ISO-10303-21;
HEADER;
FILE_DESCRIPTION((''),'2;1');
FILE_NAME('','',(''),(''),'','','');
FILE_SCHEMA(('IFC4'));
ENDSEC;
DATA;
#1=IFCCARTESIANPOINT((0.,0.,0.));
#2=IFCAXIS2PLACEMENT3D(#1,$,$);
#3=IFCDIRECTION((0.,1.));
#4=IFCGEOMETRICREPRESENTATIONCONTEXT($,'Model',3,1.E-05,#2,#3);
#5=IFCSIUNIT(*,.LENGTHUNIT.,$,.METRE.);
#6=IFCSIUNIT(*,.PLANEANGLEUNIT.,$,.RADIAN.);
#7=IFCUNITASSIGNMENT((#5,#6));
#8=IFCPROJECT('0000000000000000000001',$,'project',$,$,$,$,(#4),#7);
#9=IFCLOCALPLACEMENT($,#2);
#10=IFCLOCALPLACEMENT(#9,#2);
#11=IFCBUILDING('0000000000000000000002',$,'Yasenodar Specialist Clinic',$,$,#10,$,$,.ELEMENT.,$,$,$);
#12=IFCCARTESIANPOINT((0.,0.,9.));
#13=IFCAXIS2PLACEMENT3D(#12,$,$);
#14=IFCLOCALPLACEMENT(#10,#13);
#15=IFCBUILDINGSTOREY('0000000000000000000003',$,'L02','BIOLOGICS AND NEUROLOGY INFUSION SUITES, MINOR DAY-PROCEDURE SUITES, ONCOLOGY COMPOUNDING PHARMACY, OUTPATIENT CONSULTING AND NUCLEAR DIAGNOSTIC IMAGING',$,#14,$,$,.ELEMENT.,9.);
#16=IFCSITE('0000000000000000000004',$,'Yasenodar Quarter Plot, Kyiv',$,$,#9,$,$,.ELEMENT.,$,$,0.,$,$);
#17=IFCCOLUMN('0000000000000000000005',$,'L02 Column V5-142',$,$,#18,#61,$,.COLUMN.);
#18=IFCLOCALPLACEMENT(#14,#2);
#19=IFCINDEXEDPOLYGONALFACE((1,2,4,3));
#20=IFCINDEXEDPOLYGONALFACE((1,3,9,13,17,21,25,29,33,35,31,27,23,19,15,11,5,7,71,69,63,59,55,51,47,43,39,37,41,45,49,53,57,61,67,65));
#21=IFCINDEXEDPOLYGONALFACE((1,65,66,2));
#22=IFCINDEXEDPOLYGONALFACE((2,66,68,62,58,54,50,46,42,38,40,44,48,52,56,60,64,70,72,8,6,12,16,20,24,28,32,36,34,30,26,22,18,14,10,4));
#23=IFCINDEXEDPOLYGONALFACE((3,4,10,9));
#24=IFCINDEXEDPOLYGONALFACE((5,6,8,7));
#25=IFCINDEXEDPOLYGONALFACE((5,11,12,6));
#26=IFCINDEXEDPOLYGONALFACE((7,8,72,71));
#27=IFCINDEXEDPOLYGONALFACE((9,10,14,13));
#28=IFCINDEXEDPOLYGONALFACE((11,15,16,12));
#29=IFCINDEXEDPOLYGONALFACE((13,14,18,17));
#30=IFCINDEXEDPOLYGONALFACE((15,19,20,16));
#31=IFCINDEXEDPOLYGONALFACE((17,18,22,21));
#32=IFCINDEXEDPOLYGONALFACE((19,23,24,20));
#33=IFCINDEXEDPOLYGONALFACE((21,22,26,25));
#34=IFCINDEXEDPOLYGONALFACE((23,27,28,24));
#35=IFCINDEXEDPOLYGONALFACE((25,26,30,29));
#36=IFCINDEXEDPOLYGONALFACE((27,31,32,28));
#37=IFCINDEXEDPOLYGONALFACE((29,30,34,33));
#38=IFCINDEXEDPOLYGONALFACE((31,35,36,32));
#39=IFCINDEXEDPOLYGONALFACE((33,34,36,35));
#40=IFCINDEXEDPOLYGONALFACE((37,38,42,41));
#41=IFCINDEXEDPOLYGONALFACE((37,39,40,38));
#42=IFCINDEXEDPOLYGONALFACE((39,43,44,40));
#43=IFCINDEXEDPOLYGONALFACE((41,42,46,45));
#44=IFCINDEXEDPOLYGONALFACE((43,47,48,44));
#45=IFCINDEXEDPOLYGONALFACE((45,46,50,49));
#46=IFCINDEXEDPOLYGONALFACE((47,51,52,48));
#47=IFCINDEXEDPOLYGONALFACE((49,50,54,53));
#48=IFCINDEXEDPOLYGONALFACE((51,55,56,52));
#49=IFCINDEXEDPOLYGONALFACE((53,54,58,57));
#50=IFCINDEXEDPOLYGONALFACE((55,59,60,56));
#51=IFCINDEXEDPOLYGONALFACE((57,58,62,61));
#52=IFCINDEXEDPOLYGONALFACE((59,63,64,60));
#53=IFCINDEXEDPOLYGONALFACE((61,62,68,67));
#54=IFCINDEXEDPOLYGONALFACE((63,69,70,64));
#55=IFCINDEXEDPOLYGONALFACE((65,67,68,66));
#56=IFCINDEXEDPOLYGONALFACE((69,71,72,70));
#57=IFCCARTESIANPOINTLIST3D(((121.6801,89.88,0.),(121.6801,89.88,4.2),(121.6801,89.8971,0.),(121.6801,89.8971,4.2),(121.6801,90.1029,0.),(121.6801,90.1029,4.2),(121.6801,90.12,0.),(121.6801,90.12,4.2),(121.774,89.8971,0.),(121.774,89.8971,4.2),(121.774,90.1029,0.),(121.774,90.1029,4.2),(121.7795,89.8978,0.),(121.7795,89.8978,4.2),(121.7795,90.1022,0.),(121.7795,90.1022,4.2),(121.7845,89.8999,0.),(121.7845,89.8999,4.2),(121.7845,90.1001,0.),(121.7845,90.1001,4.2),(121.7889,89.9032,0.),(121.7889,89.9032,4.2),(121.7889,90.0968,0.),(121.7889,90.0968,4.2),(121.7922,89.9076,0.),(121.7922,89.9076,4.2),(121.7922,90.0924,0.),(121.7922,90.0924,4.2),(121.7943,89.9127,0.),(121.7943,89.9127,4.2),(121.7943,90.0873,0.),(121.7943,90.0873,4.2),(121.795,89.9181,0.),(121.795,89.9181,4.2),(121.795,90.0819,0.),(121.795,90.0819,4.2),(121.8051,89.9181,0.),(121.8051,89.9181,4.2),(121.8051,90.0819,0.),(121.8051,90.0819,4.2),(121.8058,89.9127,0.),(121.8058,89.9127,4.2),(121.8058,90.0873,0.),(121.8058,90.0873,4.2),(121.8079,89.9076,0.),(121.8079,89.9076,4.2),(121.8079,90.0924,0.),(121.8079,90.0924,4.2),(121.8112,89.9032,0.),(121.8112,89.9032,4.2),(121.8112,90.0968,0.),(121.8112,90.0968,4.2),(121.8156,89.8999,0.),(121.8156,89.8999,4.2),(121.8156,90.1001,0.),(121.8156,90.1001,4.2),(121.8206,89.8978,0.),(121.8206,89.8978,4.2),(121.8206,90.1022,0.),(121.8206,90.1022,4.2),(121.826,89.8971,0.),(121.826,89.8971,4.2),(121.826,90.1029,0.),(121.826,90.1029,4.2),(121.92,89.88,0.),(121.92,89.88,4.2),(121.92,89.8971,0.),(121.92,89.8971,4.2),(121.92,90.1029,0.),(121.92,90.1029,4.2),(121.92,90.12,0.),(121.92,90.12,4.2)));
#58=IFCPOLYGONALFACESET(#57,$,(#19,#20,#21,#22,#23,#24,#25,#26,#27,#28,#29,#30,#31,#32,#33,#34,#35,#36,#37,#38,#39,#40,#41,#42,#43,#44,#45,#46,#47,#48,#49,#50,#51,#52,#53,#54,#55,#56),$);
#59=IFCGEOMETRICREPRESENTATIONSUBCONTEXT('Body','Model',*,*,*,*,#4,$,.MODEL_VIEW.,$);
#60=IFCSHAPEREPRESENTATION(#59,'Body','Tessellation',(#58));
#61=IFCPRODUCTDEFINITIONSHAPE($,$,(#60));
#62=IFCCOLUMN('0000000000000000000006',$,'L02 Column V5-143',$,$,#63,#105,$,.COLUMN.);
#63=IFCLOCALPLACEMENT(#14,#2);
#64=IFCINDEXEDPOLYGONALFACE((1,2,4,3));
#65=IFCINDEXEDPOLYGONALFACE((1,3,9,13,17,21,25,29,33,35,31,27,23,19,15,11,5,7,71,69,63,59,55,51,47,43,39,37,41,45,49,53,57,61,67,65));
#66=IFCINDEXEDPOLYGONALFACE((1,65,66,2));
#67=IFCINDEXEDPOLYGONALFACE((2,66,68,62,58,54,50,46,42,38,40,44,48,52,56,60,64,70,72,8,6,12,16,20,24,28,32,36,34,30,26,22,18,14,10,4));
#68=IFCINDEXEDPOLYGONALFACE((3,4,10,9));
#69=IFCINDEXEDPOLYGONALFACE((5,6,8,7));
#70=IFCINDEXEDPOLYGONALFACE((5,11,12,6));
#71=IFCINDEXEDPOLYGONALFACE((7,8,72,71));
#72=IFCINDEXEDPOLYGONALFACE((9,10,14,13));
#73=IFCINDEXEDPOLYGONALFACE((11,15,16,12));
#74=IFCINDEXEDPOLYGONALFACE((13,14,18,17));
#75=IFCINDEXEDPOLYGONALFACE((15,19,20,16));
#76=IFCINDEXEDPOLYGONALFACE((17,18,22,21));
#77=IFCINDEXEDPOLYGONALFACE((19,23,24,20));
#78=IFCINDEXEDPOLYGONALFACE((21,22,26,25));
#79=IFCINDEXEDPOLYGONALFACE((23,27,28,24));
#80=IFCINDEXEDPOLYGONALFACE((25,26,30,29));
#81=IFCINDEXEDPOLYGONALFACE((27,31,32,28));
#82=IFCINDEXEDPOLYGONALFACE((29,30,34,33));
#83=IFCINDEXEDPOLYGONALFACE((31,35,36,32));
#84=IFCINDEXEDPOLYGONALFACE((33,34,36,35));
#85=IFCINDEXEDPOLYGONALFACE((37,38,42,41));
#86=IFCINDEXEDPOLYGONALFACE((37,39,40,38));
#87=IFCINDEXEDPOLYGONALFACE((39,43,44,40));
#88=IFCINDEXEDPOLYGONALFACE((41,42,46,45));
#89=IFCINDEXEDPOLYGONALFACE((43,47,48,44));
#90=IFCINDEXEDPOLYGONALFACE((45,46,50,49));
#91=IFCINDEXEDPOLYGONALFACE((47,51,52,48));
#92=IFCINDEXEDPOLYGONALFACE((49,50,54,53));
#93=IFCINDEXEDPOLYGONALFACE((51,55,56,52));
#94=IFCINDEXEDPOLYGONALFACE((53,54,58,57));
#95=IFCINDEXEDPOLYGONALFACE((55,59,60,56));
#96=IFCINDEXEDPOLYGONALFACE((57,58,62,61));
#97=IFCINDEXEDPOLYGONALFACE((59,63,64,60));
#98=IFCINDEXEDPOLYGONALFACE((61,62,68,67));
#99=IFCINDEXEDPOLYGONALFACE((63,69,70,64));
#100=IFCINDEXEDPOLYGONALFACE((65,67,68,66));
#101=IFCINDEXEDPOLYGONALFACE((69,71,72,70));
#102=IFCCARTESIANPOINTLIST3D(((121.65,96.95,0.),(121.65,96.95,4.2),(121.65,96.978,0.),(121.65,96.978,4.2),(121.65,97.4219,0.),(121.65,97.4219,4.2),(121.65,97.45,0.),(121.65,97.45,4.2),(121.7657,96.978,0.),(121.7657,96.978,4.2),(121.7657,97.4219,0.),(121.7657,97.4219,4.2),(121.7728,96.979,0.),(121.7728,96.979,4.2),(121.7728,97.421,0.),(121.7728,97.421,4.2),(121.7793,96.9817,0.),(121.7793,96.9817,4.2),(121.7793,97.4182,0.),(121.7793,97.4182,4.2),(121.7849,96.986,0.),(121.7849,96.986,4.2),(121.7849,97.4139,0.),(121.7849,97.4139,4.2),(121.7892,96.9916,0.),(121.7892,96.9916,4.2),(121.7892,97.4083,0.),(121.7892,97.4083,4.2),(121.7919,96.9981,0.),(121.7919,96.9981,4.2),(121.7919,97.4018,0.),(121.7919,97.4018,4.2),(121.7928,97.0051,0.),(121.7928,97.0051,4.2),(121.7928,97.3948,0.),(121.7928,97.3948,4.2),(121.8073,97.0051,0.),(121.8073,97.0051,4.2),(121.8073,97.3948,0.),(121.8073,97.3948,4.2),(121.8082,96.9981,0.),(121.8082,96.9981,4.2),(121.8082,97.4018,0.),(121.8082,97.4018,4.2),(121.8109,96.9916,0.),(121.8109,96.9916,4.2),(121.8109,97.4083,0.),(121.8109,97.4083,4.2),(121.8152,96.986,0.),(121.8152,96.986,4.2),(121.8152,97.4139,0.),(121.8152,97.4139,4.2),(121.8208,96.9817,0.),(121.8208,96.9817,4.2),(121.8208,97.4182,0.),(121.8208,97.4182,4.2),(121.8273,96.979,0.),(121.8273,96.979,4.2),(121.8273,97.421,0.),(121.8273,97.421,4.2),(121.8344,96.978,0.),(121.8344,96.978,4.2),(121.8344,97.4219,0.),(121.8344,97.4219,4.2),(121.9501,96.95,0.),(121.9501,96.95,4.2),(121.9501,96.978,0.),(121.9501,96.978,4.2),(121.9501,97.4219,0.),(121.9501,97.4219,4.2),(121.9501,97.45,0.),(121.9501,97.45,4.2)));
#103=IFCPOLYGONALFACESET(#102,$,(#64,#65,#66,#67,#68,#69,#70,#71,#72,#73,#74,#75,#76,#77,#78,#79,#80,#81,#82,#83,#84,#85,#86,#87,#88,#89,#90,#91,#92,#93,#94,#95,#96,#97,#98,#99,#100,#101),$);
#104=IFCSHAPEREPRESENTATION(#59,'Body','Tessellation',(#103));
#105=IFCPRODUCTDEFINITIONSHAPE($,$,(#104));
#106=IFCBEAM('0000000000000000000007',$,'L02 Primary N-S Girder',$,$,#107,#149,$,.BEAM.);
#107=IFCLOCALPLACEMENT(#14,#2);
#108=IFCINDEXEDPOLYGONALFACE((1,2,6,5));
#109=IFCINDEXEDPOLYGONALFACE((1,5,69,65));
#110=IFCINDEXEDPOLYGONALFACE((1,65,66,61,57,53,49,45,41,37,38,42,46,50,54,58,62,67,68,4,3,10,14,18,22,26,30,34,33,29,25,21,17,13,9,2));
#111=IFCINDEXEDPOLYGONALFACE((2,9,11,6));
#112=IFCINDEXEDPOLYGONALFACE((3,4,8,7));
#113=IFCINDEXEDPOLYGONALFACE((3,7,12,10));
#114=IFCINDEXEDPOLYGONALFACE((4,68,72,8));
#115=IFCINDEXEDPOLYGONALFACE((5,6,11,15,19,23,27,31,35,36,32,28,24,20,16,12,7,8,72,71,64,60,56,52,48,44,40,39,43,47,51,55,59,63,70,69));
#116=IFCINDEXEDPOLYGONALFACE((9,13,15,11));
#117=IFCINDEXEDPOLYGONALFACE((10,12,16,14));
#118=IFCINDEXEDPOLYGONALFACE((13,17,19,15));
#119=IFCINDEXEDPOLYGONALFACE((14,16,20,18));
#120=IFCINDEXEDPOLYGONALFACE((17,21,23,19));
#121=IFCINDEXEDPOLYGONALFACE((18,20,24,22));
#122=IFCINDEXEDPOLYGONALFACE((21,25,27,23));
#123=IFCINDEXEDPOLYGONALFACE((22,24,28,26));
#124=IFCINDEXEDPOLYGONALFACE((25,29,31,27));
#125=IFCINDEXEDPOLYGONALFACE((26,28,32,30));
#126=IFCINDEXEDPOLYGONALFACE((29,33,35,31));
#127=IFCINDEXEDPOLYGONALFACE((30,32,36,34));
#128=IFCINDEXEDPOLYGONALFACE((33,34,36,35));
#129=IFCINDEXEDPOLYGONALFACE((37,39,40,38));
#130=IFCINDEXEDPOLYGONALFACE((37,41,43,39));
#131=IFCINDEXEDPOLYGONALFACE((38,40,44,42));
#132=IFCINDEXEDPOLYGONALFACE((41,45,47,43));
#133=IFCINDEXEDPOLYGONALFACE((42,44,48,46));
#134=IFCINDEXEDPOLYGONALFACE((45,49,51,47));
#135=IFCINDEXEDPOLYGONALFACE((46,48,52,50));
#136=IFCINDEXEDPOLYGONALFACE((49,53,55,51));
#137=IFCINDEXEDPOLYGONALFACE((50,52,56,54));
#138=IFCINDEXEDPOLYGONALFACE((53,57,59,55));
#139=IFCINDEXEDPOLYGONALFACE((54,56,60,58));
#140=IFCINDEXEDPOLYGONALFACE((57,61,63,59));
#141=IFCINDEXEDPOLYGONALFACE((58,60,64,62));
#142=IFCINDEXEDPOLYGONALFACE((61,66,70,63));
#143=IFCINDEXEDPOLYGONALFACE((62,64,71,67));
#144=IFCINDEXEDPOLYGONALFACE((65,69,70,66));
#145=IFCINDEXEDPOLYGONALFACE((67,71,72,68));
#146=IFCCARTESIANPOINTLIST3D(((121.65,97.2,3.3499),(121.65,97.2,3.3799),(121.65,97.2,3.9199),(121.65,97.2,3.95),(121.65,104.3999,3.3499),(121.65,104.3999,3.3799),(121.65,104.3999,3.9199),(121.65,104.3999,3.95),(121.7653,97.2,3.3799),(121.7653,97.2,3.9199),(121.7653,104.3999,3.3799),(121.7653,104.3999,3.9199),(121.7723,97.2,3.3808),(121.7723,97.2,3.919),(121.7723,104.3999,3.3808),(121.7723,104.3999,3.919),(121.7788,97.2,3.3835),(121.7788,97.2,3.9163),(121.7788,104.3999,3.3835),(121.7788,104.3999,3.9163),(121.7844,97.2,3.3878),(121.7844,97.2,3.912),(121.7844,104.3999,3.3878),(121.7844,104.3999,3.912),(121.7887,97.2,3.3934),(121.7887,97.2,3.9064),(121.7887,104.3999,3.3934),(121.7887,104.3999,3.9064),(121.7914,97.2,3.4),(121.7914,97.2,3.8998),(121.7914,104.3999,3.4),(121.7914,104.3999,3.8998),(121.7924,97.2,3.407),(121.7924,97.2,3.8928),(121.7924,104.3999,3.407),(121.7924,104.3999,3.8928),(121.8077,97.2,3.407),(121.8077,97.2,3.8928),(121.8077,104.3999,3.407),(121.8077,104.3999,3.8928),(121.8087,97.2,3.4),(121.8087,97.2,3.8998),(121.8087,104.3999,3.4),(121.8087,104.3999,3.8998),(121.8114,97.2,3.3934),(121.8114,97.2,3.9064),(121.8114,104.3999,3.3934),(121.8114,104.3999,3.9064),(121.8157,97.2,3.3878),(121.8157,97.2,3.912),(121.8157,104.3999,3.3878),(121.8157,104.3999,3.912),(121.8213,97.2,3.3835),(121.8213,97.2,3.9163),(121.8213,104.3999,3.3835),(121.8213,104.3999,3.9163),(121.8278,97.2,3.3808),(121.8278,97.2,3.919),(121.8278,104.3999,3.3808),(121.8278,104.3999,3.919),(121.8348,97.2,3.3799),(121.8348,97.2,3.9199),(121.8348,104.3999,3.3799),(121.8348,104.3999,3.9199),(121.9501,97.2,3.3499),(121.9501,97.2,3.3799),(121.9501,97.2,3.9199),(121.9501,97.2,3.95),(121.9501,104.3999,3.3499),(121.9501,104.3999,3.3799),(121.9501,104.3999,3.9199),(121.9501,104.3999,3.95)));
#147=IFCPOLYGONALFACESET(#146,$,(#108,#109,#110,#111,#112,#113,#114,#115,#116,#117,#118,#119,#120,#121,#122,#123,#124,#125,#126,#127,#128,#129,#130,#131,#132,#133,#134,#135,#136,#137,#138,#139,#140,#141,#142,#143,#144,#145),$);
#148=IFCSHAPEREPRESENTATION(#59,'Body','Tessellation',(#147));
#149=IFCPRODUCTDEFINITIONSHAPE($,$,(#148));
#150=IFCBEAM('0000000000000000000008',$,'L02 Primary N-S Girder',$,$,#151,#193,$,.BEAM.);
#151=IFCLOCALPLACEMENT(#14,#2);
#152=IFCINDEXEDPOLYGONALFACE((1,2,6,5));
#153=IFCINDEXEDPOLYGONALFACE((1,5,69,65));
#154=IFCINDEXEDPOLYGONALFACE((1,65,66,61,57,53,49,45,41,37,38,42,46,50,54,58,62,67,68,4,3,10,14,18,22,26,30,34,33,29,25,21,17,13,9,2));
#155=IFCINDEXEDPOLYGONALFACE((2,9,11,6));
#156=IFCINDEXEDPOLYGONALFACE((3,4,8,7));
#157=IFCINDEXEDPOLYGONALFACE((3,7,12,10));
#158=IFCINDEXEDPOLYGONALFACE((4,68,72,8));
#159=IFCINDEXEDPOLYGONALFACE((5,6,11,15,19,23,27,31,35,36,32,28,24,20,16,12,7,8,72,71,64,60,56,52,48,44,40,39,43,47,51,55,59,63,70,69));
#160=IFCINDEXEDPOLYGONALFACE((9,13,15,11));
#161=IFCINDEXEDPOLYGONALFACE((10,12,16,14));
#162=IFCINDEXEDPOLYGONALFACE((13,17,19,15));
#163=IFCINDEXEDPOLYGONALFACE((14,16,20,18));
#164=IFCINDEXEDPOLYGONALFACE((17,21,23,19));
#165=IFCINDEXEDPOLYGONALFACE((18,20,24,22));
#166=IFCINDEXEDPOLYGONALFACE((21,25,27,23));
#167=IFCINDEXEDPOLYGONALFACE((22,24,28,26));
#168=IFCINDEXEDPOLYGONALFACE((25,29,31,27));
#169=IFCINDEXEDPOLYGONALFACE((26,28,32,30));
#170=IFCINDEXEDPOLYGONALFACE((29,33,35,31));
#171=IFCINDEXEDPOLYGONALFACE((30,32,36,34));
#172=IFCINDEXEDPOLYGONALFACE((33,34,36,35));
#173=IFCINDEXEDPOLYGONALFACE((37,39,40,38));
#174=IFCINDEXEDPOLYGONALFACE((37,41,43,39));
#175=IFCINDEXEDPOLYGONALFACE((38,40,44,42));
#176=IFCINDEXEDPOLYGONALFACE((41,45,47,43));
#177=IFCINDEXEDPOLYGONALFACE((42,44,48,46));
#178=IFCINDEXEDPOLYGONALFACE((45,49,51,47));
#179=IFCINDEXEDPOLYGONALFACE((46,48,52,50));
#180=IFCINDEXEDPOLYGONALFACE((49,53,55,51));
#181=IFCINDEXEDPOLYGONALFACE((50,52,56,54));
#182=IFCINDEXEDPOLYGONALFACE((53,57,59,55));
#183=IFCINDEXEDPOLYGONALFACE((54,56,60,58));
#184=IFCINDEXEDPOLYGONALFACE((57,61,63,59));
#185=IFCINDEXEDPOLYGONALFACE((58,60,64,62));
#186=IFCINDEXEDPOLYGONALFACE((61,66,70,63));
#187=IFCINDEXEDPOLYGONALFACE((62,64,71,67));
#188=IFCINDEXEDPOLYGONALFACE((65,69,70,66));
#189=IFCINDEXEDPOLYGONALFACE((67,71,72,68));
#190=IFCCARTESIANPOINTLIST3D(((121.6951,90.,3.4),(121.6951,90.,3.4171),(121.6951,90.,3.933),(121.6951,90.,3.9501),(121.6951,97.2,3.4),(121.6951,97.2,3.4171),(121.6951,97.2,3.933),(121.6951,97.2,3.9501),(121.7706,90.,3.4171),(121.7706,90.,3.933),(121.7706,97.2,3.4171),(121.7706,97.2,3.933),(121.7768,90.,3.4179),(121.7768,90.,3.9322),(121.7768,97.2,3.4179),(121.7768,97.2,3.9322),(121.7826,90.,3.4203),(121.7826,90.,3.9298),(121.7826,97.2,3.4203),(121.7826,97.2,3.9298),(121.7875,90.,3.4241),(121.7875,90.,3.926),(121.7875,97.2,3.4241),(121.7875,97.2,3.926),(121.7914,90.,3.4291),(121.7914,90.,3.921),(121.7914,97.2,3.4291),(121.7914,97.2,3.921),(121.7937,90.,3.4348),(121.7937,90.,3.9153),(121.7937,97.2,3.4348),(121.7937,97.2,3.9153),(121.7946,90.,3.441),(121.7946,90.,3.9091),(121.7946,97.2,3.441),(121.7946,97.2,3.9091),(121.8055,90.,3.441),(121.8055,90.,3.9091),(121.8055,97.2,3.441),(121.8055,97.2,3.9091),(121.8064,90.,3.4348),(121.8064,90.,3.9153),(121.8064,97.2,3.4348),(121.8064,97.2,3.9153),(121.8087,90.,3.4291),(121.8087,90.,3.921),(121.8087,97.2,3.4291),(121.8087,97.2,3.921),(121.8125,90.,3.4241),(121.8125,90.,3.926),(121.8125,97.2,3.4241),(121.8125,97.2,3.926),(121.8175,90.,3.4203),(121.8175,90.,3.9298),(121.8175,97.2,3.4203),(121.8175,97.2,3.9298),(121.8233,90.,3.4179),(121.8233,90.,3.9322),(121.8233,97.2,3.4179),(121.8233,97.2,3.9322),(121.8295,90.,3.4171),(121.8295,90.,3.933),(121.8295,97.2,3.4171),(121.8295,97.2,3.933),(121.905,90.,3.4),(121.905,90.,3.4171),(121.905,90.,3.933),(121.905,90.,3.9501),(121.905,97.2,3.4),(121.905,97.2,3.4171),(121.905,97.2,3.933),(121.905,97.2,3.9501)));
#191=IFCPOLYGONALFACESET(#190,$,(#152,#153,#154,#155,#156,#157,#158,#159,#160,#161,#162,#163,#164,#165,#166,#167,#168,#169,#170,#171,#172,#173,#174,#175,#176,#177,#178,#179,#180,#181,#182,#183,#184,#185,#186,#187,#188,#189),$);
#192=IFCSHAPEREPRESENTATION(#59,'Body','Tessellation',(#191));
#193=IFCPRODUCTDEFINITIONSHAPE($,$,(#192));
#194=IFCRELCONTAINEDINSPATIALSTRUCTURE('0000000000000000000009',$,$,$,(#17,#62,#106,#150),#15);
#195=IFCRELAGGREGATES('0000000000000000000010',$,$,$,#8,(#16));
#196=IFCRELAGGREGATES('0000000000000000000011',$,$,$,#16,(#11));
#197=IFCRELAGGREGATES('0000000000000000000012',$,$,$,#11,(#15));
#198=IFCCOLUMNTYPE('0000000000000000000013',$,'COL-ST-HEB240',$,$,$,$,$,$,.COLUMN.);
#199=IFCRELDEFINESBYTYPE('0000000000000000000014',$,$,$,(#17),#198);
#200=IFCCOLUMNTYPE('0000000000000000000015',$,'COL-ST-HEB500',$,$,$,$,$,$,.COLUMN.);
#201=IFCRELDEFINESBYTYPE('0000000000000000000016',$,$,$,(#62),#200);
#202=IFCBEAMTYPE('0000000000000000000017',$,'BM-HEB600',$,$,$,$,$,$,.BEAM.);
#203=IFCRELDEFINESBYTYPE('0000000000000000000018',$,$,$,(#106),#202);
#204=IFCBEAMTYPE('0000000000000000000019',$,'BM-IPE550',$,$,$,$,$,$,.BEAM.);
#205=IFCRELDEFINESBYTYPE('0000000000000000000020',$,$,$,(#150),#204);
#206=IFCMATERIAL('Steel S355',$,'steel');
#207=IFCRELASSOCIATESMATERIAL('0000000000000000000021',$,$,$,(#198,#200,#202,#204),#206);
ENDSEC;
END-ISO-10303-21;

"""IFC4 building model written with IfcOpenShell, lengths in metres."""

from ifc_helpers import new_model, si_unit, direction, frame, origin, origin_2d, place, context, subcontext, project, spatial, i_section, extrude, material, material_profile, profile_set, type_object, element, save


model = new_model("IFC4")

# Units and contexts
model_context = context("Model", 3, precision=1e-05, world=origin(), true_north=direction((0.0, 1.0)))
body_context = subcontext(model_context, "Body", "Model", "MODEL_VIEW")
ifc_project = project(units=[si_unit("LENGTHUNIT", "METRE"), si_unit("PLANEANGLEUNIT", "RADIAN")], contexts=[model_context])

# Site, building, storey
site_placement = place(None, origin())
site = spatial("IfcSite", under=ifc_project, at=site_placement, Name="Yasenodar Quarter Plot, Kyiv", CompositionType="ELEMENT", RefElevation=0.0)
building_placement = place(site_placement, origin())
building = spatial("IfcBuilding", under=site, at=building_placement, Name="Yasenodar Specialist Clinic", CompositionType="ELEMENT")
storey_placement = place(building_placement, frame((0.0, 0.0, 9.0)))
storey = spatial("IfcBuildingStorey", under=building, at=storey_placement, Name="L02", Description="BIOLOGICS AND NEUROLOGY INFUSION SUITES, MINOR DAY-PROCEDURE SUITES, ONCOLOGY COMPOUNDING PHARMACY, OUTPATIENT CONSULTING AND NUCLEAR DIAGNOSTIC IMAGING", CompositionType="ELEMENT", Elevation=9.0)

# Columns
ifc_material_1 = material(Name="Steel S355", Category="steel")
ifc_material_profile_1 = material_profile(ifc_material_1, i_section(OverallWidth=0.24, OverallDepth=0.24, WebThickness=0.01, FlangeThickness=0.0171, FilletRadius=0.021, at=origin_2d()), Name="HEB 240")
ifc_profile_set_1 = profile_set([ifc_material_profile_1], Name="Steel S355")
column_type_1 = type_object("IfcColumnType", Name="COL-ST-HEB240", PredefinedType="COLUMN", material=ifc_profile_set_1)
column_1_placement = place(storey_placement, frame((121.8, 90.0, 0.0), z_axis=(0.0, 0.0, 1.0), x_axis=(1.0, 0.0, 0.0)))
element("IfcColumn", 1, at=column_1_placement, inside=storey, type_object=column_type_1, Name="L02 Column V5-142", PredefinedType="COLUMN", context=body_context, shape_type="SweptSolid", body=[
    extrude(i_section(OverallWidth=0.24, OverallDepth=0.24, WebThickness=0.01, FlangeThickness=0.0171, FilletRadius=0.021, at=origin_2d()), origin(), (0.0, 0.0, 1.0), 4.2),
])
ifc_material_profile_2 = material_profile(ifc_material_1, i_section(OverallWidth=0.3, OverallDepth=0.5, WebThickness=0.0144, FlangeThickness=0.0281, FilletRadius=0.0271, at=origin_2d()), Name="HEB 500")
ifc_profile_set_2 = profile_set([ifc_material_profile_2], Name="Steel S355")
column_type_2 = type_object("IfcColumnType", Name="COL-ST-HEB500", PredefinedType="COLUMN", material=ifc_profile_set_2)
column_2_placement = place(storey_placement, frame((121.8, 97.2, 0.0), z_axis=(0.0, 0.0, 1.0), x_axis=(1.0, 0.0, 0.0)))
element("IfcColumn", 2, at=column_2_placement, inside=storey, type_object=column_type_2, Name="L02 Column V5-143", PredefinedType="COLUMN", context=body_context, shape_type="SweptSolid", body=[
    extrude(i_section(OverallWidth=0.3, OverallDepth=0.5, WebThickness=0.0144, FlangeThickness=0.0281, FilletRadius=0.0271, at=origin_2d()), origin(), (0.0, 0.0, 1.0), 4.2),
])

# Beams
ifc_material_profile_3 = material_profile(ifc_material_1, i_section(OverallWidth=0.3, OverallDepth=0.6001, WebThickness=0.0154, FlangeThickness=0.03, FilletRadius=0.0271, at=origin_2d()), Name="HEB 600")
ifc_profile_set_3 = profile_set([ifc_material_profile_3], Name="Steel S355")
beam_type_1 = type_object("IfcBeamType", Name="BM-HEB600", PredefinedType="BEAM", material=ifc_profile_set_3)
beam_1_placement = place(storey_placement, frame((121.8, 97.2, 3.6499), z_axis=(0.0, 1.0, 0.0), x_axis=(-1.0, 0.0, 0.0)))
element("IfcBeam", 3, at=beam_1_placement, inside=storey, type_object=beam_type_1, Name="L02 Primary N-S Girder", PredefinedType="BEAM", context=body_context, shape_type="SweptSolid", body=[
    extrude(i_section(OverallWidth=0.3, OverallDepth=0.6001, WebThickness=0.0154, FlangeThickness=0.03, FilletRadius=0.0271, at=origin_2d()), origin(), (0.0, 0.0, 1.0), 7.2),
])
ifc_material_profile_4 = material_profile(ifc_material_1, i_section(OverallWidth=0.21, OverallDepth=0.55, WebThickness=0.011, FlangeThickness=0.0171, FilletRadius=0.0239, at=origin_2d()), Name="IPE 550")
ifc_profile_set_4 = profile_set([ifc_material_profile_4], Name="Steel S355")
beam_type_2 = type_object("IfcBeamType", Name="BM-IPE550", PredefinedType="BEAM", material=ifc_profile_set_4)
beam_2_placement = place(storey_placement, frame((121.8, 90.0, 3.675), z_axis=(0.0, 1.0, 0.0), x_axis=(-1.0, 0.0, 0.0)))
element("IfcBeam", 4, at=beam_2_placement, inside=storey, type_object=beam_type_2, Name="L02 Primary N-S Girder", PredefinedType="BEAM", context=body_context, shape_type="SweptSolid", body=[
    extrude(i_section(OverallWidth=0.21, OverallDepth=0.55, WebThickness=0.011, FlangeThickness=0.0171, FilletRadius=0.0239, at=origin_2d()), origin(), (0.0, 0.0, 1.0), 7.2),
])

save(model, "model.ifc")
